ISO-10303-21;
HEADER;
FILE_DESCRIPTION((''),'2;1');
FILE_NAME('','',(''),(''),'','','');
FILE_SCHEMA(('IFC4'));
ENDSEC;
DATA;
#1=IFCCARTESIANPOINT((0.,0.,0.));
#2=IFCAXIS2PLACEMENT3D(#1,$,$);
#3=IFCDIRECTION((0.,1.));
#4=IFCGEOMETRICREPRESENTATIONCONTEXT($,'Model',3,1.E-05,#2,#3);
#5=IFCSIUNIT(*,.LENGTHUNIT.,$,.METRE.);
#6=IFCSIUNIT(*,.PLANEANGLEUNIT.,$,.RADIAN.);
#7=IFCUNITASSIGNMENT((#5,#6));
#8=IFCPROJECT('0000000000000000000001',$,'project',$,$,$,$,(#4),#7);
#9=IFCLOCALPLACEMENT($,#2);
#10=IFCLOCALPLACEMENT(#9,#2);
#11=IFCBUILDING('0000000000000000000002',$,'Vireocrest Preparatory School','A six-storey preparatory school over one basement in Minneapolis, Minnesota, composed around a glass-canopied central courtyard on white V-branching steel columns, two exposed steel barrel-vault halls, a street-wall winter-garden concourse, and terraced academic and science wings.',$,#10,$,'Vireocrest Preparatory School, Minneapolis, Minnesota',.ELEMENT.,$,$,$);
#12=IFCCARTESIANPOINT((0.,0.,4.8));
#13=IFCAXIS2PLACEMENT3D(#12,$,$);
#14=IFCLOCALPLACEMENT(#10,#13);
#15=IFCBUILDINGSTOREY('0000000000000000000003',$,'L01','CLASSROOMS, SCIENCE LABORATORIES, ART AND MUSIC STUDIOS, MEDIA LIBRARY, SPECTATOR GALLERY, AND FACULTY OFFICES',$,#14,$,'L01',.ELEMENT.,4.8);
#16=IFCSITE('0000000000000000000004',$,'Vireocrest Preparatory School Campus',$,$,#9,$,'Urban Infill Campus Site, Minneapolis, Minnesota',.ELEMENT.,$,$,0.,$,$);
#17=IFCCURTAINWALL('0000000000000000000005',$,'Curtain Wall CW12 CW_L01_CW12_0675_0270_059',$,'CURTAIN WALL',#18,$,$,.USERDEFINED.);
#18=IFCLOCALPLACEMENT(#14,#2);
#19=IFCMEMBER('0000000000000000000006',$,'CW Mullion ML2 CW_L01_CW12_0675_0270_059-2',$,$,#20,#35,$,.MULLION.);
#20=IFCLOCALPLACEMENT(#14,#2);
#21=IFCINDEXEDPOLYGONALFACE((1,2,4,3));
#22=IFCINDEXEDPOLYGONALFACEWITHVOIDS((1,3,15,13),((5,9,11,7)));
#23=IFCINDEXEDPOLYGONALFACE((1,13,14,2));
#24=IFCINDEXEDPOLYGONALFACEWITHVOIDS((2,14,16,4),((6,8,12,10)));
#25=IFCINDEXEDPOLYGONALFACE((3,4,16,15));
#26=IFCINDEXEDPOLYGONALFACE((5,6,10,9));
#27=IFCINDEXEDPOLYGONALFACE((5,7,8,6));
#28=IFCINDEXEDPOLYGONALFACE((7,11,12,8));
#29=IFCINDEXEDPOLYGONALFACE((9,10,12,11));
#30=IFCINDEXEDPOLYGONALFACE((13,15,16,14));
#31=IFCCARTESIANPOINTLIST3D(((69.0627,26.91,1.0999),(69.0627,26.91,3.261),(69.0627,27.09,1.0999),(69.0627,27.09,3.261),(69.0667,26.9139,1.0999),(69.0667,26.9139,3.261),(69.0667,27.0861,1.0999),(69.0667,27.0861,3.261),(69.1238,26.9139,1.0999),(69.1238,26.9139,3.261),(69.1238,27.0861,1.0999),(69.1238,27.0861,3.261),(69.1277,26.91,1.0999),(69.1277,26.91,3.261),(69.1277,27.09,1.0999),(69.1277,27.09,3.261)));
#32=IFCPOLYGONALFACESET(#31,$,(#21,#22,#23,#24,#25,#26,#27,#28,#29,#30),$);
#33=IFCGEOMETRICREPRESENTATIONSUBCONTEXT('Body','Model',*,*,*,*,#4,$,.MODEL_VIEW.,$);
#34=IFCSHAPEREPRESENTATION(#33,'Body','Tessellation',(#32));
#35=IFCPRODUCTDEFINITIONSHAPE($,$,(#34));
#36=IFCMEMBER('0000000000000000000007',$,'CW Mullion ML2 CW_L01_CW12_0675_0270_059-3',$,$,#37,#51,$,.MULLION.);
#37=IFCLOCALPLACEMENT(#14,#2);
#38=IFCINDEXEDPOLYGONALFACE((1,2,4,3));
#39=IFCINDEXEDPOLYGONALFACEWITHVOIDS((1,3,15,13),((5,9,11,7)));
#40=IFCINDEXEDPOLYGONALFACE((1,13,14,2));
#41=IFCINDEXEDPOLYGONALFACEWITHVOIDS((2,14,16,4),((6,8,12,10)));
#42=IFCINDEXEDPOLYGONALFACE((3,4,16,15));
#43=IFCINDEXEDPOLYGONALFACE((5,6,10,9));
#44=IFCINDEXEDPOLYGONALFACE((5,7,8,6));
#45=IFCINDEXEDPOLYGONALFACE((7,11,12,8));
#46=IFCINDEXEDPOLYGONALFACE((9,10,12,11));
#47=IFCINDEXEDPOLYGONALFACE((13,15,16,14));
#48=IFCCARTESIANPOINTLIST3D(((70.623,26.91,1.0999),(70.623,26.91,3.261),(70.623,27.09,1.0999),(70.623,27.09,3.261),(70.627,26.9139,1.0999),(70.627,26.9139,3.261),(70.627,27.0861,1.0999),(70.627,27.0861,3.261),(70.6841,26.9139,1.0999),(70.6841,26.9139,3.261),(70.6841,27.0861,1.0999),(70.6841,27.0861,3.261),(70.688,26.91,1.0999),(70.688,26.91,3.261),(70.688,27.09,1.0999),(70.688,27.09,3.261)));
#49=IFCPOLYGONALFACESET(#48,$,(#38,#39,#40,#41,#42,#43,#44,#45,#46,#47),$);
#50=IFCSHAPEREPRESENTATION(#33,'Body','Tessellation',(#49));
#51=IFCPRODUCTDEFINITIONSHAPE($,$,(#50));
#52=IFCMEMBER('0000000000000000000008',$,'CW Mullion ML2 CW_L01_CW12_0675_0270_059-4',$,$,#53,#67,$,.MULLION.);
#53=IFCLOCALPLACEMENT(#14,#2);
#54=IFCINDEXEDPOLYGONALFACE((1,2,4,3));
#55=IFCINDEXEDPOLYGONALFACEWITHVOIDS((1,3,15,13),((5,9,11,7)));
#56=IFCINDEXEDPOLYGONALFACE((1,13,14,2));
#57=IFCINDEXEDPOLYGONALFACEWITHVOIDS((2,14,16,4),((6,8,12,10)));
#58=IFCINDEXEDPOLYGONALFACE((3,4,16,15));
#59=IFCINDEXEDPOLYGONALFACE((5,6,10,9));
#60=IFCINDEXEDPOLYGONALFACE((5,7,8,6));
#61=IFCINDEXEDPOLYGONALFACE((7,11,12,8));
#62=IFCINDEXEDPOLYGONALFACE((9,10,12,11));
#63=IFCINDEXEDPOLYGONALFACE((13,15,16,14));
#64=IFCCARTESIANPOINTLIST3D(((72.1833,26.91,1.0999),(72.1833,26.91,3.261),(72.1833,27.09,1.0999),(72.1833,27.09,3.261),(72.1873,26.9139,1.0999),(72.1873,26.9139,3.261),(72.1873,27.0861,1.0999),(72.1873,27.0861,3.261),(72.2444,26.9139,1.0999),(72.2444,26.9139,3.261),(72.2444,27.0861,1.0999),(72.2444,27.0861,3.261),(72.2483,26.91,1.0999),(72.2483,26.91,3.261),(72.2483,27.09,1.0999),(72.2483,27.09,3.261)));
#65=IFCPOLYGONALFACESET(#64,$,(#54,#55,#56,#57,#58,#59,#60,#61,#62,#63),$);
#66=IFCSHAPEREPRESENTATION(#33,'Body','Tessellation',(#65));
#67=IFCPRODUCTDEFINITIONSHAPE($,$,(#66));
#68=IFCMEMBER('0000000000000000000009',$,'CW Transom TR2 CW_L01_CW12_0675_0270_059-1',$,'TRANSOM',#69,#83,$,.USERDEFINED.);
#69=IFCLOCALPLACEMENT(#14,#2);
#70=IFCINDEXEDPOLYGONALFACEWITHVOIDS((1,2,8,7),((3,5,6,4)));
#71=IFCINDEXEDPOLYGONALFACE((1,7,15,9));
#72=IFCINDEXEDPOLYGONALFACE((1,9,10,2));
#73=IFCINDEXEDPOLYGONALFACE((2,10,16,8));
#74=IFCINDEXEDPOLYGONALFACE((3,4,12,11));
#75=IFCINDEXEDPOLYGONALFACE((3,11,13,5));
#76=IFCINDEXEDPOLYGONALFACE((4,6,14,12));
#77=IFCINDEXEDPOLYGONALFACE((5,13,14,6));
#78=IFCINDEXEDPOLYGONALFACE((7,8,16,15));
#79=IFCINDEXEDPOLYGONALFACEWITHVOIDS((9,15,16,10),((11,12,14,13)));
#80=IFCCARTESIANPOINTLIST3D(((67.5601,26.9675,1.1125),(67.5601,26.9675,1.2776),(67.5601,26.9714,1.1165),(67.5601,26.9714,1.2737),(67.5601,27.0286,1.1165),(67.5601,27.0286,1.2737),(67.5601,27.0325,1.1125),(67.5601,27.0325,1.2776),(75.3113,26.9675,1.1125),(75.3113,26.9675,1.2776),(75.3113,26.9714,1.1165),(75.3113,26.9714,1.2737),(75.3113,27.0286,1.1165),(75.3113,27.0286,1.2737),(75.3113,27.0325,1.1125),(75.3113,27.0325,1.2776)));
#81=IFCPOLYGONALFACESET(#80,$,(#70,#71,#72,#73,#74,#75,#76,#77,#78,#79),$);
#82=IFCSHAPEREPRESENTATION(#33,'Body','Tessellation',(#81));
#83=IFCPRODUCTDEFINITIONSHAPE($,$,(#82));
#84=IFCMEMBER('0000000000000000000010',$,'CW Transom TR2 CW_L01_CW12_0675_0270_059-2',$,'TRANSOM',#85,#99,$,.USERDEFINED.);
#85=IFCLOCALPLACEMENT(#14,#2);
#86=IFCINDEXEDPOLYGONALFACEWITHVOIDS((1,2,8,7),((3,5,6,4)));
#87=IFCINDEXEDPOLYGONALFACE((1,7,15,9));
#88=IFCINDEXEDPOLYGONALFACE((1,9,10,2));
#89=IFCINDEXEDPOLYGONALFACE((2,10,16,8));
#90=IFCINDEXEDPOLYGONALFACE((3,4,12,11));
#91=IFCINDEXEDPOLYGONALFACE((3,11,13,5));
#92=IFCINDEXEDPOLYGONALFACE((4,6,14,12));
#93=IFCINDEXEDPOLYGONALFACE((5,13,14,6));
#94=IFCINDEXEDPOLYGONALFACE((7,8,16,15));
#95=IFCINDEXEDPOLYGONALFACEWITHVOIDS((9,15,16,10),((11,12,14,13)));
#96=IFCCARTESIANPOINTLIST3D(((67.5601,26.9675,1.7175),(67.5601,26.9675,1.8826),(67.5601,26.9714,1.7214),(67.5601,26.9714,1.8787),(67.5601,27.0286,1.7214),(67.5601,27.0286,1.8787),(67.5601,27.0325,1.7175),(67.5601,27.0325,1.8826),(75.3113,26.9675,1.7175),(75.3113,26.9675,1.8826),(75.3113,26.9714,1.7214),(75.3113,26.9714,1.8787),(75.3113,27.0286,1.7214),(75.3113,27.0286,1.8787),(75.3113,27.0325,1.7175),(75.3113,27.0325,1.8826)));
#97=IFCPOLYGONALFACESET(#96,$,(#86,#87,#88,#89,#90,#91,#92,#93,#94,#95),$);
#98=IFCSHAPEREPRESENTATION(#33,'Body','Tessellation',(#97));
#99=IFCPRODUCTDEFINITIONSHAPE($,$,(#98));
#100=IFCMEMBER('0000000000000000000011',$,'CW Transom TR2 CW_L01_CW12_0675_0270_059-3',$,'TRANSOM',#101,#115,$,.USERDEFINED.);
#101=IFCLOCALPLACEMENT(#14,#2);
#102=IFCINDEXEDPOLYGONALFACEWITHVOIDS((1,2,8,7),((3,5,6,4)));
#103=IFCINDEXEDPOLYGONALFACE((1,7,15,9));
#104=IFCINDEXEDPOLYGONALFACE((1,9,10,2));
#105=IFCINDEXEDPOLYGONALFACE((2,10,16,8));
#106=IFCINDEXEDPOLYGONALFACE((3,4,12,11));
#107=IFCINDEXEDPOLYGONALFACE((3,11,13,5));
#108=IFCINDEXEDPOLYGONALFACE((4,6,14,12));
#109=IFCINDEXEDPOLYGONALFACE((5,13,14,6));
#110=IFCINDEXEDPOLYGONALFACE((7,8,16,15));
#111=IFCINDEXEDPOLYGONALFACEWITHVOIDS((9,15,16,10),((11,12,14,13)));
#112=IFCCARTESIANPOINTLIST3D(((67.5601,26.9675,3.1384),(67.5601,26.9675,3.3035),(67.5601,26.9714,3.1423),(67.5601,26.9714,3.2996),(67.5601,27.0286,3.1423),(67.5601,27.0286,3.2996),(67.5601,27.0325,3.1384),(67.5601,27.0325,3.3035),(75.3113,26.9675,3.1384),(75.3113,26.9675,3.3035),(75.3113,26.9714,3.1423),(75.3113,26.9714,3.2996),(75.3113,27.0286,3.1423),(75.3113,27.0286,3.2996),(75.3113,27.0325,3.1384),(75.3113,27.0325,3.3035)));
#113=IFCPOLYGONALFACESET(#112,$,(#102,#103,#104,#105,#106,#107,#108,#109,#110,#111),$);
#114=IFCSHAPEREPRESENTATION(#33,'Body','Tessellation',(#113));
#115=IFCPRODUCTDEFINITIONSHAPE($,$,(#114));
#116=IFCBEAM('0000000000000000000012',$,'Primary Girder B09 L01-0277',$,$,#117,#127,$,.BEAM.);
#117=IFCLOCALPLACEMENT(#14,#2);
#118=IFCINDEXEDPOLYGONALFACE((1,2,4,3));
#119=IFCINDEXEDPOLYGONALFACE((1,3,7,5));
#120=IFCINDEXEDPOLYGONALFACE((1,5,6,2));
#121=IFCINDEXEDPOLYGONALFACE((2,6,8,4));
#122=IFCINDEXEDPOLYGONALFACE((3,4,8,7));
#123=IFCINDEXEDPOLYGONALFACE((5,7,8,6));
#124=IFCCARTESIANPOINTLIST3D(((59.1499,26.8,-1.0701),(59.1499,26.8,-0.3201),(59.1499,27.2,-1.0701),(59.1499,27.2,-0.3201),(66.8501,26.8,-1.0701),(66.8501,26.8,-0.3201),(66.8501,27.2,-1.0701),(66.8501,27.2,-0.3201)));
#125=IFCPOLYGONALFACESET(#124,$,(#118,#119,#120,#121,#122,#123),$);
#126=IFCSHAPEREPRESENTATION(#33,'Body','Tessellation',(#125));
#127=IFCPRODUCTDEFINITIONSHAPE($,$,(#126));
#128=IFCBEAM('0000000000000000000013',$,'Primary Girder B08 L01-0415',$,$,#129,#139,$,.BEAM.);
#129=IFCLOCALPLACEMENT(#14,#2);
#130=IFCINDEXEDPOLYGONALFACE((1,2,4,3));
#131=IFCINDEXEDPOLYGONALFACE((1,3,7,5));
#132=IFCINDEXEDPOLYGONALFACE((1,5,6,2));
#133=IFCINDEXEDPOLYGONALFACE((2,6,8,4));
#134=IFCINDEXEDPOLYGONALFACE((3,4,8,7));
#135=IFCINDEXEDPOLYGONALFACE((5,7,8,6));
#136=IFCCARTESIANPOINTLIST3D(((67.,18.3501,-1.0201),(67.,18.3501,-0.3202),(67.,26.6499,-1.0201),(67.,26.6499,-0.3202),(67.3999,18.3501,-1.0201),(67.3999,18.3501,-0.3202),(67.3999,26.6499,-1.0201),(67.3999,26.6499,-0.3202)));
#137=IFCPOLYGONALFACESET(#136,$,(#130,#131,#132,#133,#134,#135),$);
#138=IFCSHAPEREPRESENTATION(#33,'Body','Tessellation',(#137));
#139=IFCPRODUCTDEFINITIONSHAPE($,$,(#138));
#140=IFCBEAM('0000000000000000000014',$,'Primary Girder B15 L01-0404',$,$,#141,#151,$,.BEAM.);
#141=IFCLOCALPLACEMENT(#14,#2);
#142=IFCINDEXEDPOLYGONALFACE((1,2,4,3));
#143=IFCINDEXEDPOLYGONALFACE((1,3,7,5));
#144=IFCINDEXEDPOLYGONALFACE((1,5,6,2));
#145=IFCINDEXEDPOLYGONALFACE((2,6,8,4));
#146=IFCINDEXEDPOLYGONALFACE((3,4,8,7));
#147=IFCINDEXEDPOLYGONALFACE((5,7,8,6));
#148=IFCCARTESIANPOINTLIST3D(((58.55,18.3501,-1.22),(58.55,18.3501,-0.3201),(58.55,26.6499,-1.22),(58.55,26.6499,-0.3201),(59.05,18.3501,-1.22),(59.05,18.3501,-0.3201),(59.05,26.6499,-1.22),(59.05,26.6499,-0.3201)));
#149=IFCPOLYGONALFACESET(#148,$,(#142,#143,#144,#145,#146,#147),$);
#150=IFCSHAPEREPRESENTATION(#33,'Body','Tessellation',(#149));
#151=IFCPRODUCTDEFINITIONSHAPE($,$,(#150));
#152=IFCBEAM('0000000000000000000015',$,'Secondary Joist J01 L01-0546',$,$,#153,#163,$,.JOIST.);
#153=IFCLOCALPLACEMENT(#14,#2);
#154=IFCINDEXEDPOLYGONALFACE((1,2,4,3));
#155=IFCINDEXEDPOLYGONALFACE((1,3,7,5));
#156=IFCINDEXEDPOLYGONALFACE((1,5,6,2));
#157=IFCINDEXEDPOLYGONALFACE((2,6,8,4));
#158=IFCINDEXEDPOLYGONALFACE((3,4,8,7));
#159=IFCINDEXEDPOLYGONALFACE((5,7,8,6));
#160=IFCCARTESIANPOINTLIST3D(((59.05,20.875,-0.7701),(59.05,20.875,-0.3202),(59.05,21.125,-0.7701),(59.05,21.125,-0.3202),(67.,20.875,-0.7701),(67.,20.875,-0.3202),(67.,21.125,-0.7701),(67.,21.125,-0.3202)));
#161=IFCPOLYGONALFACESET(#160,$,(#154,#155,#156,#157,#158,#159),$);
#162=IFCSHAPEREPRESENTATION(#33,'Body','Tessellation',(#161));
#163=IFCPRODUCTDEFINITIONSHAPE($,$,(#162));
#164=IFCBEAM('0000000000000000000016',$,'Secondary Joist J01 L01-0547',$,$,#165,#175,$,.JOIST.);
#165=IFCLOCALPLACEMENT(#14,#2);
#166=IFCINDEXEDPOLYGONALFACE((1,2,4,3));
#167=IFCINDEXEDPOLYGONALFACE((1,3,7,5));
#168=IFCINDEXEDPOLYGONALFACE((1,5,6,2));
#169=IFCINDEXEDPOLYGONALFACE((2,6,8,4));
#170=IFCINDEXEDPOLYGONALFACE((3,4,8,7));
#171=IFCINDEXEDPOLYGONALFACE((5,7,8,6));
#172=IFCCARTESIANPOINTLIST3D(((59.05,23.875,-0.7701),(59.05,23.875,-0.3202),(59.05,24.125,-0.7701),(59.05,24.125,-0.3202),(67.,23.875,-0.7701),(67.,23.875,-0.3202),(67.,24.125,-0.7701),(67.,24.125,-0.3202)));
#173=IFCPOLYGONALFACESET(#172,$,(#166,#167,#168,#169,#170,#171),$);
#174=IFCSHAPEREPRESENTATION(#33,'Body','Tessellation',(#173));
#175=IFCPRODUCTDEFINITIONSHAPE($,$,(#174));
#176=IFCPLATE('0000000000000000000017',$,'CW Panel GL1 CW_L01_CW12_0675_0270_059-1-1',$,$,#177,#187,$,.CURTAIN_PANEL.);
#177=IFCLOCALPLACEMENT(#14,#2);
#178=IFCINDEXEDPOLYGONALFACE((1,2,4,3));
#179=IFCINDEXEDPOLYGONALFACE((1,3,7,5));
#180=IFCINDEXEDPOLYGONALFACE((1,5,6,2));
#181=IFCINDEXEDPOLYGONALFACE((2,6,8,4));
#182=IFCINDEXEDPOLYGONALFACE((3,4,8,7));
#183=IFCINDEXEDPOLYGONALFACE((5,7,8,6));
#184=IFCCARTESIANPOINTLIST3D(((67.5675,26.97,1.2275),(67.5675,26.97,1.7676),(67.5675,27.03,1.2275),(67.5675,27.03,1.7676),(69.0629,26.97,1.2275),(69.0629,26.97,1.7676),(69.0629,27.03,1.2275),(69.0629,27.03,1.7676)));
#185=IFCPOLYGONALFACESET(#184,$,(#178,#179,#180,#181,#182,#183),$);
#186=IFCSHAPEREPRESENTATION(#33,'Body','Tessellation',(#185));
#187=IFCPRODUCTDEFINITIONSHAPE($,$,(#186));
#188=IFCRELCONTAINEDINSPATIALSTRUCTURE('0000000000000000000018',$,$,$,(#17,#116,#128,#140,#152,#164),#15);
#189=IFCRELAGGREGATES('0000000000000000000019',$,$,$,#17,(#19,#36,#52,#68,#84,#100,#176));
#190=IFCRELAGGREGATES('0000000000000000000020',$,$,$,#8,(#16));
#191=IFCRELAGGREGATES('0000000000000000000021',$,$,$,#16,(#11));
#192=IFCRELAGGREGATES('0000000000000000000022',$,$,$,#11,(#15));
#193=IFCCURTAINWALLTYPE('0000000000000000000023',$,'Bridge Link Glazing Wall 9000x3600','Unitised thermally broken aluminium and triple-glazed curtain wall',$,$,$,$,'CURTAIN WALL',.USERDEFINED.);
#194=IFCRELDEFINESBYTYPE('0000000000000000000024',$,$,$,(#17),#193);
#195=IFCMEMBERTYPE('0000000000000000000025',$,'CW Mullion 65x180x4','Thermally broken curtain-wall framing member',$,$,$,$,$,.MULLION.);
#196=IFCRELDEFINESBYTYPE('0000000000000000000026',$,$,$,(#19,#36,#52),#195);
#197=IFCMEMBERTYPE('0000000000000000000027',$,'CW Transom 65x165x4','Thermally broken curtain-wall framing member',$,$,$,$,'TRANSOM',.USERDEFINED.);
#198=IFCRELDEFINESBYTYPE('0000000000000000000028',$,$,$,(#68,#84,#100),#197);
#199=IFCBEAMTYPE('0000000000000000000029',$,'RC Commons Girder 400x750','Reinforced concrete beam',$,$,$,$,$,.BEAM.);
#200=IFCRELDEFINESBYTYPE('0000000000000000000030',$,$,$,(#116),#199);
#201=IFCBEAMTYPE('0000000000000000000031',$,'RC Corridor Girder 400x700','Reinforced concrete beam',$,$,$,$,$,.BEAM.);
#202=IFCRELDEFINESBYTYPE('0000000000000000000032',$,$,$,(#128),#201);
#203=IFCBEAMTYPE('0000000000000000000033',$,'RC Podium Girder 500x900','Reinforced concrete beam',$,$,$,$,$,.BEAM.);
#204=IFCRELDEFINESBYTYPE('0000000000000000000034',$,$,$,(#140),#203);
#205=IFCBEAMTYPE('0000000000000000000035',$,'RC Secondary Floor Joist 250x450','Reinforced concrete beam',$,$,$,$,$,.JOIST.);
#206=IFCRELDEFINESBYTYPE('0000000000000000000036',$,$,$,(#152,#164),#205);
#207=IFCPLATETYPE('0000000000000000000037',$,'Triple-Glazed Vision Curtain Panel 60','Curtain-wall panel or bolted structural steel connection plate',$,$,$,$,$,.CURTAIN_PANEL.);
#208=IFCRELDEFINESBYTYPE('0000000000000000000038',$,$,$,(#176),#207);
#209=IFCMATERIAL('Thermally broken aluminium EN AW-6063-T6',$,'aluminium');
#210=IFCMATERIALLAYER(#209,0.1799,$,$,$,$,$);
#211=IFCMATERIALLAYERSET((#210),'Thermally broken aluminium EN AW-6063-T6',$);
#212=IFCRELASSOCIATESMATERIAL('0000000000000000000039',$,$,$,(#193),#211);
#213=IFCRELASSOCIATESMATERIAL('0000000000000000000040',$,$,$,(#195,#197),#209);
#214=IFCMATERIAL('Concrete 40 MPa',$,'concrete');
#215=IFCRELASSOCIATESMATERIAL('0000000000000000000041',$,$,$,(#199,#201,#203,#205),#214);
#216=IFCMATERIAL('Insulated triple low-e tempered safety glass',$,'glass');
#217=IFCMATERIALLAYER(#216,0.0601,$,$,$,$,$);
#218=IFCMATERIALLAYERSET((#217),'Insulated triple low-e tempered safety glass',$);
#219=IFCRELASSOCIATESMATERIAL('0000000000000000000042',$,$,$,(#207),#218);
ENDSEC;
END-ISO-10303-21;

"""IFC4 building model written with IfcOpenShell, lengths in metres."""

from ifc_helpers import new_model, si_unit, direction, frame, origin, origin_2d, place, context, subcontext, project, spatial, rectangle, hollow_rectangle, extrude, material, layer, layer_set, material_profile, profile_set, type_object, element, aggregate, save


model = new_model("IFC4")

# Units and contexts
model_context = context("Model", 3, precision=1e-05, world=origin(), true_north=direction((0.0, 1.0)))
body_context = subcontext(model_context, "Body", "Model", "MODEL_VIEW")
ifc_project = project(units=[si_unit("LENGTHUNIT", "METRE"), si_unit("PLANEANGLEUNIT", "RADIAN")], contexts=[model_context])

# Site, building, storey
site_placement = place(None, origin())
site = spatial("IfcSite", under=ifc_project, at=site_placement, Name="Vireocrest Preparatory School Campus", LongName="Urban Infill Campus Site, Minneapolis, Minnesota", CompositionType="ELEMENT", RefElevation=0.0)
building_placement = place(site_placement, origin())
building = spatial("IfcBuilding", under=site, at=building_placement, Name="Vireocrest Preparatory School", Description="A six-storey preparatory school over one basement in Minneapolis, Minnesota, composed around a glass-canopied central courtyard on white V-branching steel columns, two exposed steel barrel-vault halls, a street-wall winter-garden concourse, and terraced academic and science wings.", LongName="Vireocrest Preparatory School, Minneapolis, Minnesota", CompositionType="ELEMENT")
storey_placement = place(building_placement, frame((0.0, 0.0, 4.8)))
storey = spatial("IfcBuildingStorey", under=building, at=storey_placement, Name="L01", Description="CLASSROOMS, SCIENCE LABORATORIES, ART AND MUSIC STUDIOS, MEDIA LIBRARY, SPECTATOR GALLERY, AND FACULTY OFFICES", LongName="L01", CompositionType="ELEMENT", Elevation=4.8)

# Curtain wall, members
ifc_material_1 = material(Name="Thermally broken aluminium EN AW-6063-T6", Category="aluminium")
ifc_layer_1 = layer(ifc_material_1, 0.1799)
ifc_layer_set_1 = layer_set([ifc_layer_1], Name="Thermally broken aluminium EN AW-6063-T6")
curtain_wall_type = type_object("IfcCurtainWallType", Name="Bridge Link Glazing Wall 9000x3600", Description="Unitised thermally broken aluminium and triple-glazed curtain wall", ElementType="CURTAIN WALL", PredefinedType="USERDEFINED", material=ifc_layer_set_1)
curtain_wall_placement = place(storey_placement, origin())
curtain_wall = element("IfcCurtainWall", 1, at=curtain_wall_placement, inside=storey, type_object=curtain_wall_type, Name="Curtain Wall CW12 CW_L01_CW12_0675_0270_059", ObjectType="CURTAIN WALL", PredefinedType="USERDEFINED")
ifc_material_profile_1 = material_profile(ifc_material_1, hollow_rectangle(XDim=0.0649, YDim=0.1799, WallThickness=0.0039, at=origin_2d()), Name="ALU 65x180x4")
ifc_profile_set_1 = profile_set([ifc_material_profile_1], Name="Thermally broken aluminium EN AW-6063-T6")
member_type_1 = type_object("IfcMemberType", Name="CW Mullion 65x180x4", Description="Thermally broken curtain-wall framing member", PredefinedType="MULLION", material=ifc_profile_set_1)
member_1_placement = place(storey_placement, frame((69.0952, 27.0, 1.0999), z_axis=(0.0, 0.0, 1.0), x_axis=(1.0, 0.0, 0.0)))
member_1 = element("IfcMember", 2, at=member_1_placement, type_object=member_type_1, Name="CW Mullion ML2 CW_L01_CW12_0675_0270_059-2", PredefinedType="MULLION", context=body_context, shape_type="SweptSolid", body=[
    extrude(hollow_rectangle(XDim=0.0649, YDim=0.1799, WallThickness=0.0039, at=origin_2d()), origin(), (0.0, 0.0, 1.0), 2.1611),
])
member_2_placement = place(storey_placement, frame((70.6555, 27.0, 1.0999), z_axis=(0.0, 0.0, 1.0), x_axis=(1.0, 0.0, 0.0)))
member_2 = element("IfcMember", 3, at=member_2_placement, type_object=member_type_1, Name="CW Mullion ML2 CW_L01_CW12_0675_0270_059-3", PredefinedType="MULLION", context=body_context, shape_type="SweptSolid", body=[
    extrude(hollow_rectangle(XDim=0.0649, YDim=0.1799, WallThickness=0.0039, at=origin_2d()), origin(), (0.0, 0.0, 1.0), 2.1611),
])
member_3_placement = place(storey_placement, frame((72.2158, 27.0, 1.0999), z_axis=(0.0, 0.0, 1.0), x_axis=(1.0, 0.0, 0.0)))
member_3 = element("IfcMember", 4, at=member_3_placement, type_object=member_type_1, Name="CW Mullion ML2 CW_L01_CW12_0675_0270_059-4", PredefinedType="MULLION", context=body_context, shape_type="SweptSolid", body=[
    extrude(hollow_rectangle(XDim=0.0649, YDim=0.1799, WallThickness=0.0039, at=origin_2d()), origin(), (0.0, 0.0, 1.0), 2.1611),
])
ifc_material_profile_2 = material_profile(ifc_material_1, hollow_rectangle(XDim=0.0649, YDim=0.165, WallThickness=0.0039, at=origin_2d()), Name="ALU 65x165x4")
ifc_profile_set_2 = profile_set([ifc_material_profile_2], Name="Thermally broken aluminium EN AW-6063-T6")
member_type_2 = type_object("IfcMemberType", Name="CW Transom 65x165x4", Description="Thermally broken curtain-wall framing member", ElementType="TRANSOM", PredefinedType="USERDEFINED", material=ifc_profile_set_2)
member_4_placement = place(storey_placement, frame((67.5601, 27.0, 1.1951), z_axis=(1.0, 0.0, 0.0), x_axis=(0.0, 1.0, 0.0)))
member_4 = element("IfcMember", 5, at=member_4_placement, type_object=member_type_2, Name="CW Transom TR2 CW_L01_CW12_0675_0270_059-1", ObjectType="TRANSOM", PredefinedType="USERDEFINED", context=body_context, shape_type="SweptSolid", body=[
    extrude(hollow_rectangle(XDim=0.0649, YDim=0.165, WallThickness=0.0039, at=origin_2d()), origin(), (0.0, 0.0, 1.0), 7.7512),
])
member_5_placement = place(storey_placement, frame((67.5601, 27.0, 1.8), z_axis=(1.0, 0.0, 0.0), x_axis=(0.0, 1.0, 0.0)))
member_5 = element("IfcMember", 6, at=member_5_placement, type_object=member_type_2, Name="CW Transom TR2 CW_L01_CW12_0675_0270_059-2", ObjectType="TRANSOM", PredefinedType="USERDEFINED", context=body_context, shape_type="SweptSolid", body=[
    extrude(hollow_rectangle(XDim=0.0649, YDim=0.165, WallThickness=0.0039, at=origin_2d()), origin(), (0.0, 0.0, 1.0), 7.7512),
])
member_6_placement = place(storey_placement, frame((67.5601, 27.0, 3.2209), z_axis=(1.0, 0.0, 0.0), x_axis=(0.0, 1.0, 0.0)))
member_6 = element("IfcMember", 7, at=member_6_placement, type_object=member_type_2, Name="CW Transom TR2 CW_L01_CW12_0675_0270_059-3", ObjectType="TRANSOM", PredefinedType="USERDEFINED", context=body_context, shape_type="SweptSolid", body=[
    extrude(hollow_rectangle(XDim=0.0649, YDim=0.165, WallThickness=0.0039, at=origin_2d()), origin(), (0.0, 0.0, 1.0), 7.7512),
])

# Beams
ifc_material_2 = material(Name="Concrete 40 MPa", Category="concrete")
ifc_material_profile_3 = material_profile(ifc_material_2, rectangle(XDim=0.3999, YDim=0.75, at=origin_2d()), Name="RC 400x750")
ifc_profile_set_3 = profile_set([ifc_material_profile_3], Name="Concrete 40 MPa")
beam_type_1 = type_object("IfcBeamType", Name="RC Commons Girder 400x750", Description="Reinforced concrete beam", PredefinedType="BEAM", material=ifc_profile_set_3)
beam_1_placement = place(storey_placement, frame((59.1499, 27.0, -0.6951), z_axis=(1.0, 0.0, 0.0), x_axis=(0.0, 1.0, 0.0)))
element("IfcBeam", 8, at=beam_1_placement, inside=storey, type_object=beam_type_1, Name="Primary Girder B09 L01-0277", PredefinedType="BEAM", context=body_context, shape_type="SweptSolid", body=[
    extrude(rectangle(XDim=0.3999, YDim=0.75, at=origin_2d()), origin(), (0.0, 0.0, 1.0), 7.7002),
])
ifc_material_profile_4 = material_profile(ifc_material_2, rectangle(XDim=0.3999, YDim=0.7, at=origin_2d()), Name="RC 400x700")
ifc_profile_set_4 = profile_set([ifc_material_profile_4], Name="Concrete 40 MPa")
beam_type_2 = type_object("IfcBeamType", Name="RC Corridor Girder 400x700", Description="Reinforced concrete beam", PredefinedType="BEAM", material=ifc_profile_set_4)
beam_2_placement = place(storey_placement, frame((67.2, 18.3501, -0.6702), z_axis=(0.0, 1.0, 0.0), x_axis=(-1.0, 0.0, 0.0)))
element("IfcBeam", 9, at=beam_2_placement, inside=storey, type_object=beam_type_2, Name="Primary Girder B08 L01-0415", PredefinedType="BEAM", context=body_context, shape_type="SweptSolid", body=[
    extrude(rectangle(XDim=0.3999, YDim=0.7, at=origin_2d()), origin(), (0.0, 0.0, 1.0), 8.2998),
])
ifc_material_profile_5 = material_profile(ifc_material_2, rectangle(XDim=0.5, YDim=0.8999, at=origin_2d()), Name="RC 500x900")
ifc_profile_set_5 = profile_set([ifc_material_profile_5], Name="Concrete 40 MPa")
beam_type_3 = type_object("IfcBeamType", Name="RC Podium Girder 500x900", Description="Reinforced concrete beam", PredefinedType="BEAM", material=ifc_profile_set_5)
beam_3_placement = place(storey_placement, frame((58.8, 18.3501, -0.77), z_axis=(0.0, 1.0, 0.0), x_axis=(-1.0, 0.0, 0.0)))
element("IfcBeam", 10, at=beam_3_placement, inside=storey, type_object=beam_type_3, Name="Primary Girder B15 L01-0404", PredefinedType="BEAM", context=body_context, shape_type="SweptSolid", body=[
    extrude(rectangle(XDim=0.5, YDim=0.8999, at=origin_2d()), origin(), (0.0, 0.0, 1.0), 8.2998),
])
ifc_material_profile_6 = material_profile(ifc_material_2, rectangle(XDim=0.25, YDim=0.45, at=origin_2d()), Name="RC 250x450")
ifc_profile_set_6 = profile_set([ifc_material_profile_6], Name="Concrete 40 MPa")
beam_type_4 = type_object("IfcBeamType", Name="RC Secondary Floor Joist 250x450", Description="Reinforced concrete beam", PredefinedType="JOIST", material=ifc_profile_set_6)
for number, where, z_axis, x_axis, name in (
    (11, (59.05, 21.0, -0.5452), (1.0, 0.0, 0.0), (0.0, 1.0, 0.0), "Secondary Joist J01 L01-0546"),
    (12, (59.05, 24.0, -0.5452), (1.0, 0.0, 0.0), (0.0, 1.0, 0.0), "Secondary Joist J01 L01-0547"),
):
    element("IfcBeam", number, at=place(storey_placement, frame(where, z_axis=z_axis, x_axis=x_axis)), inside=storey, type_object=beam_type_4, Name=name, PredefinedType="JOIST", context=body_context, shape_type="SweptSolid", body=[
        extrude(rectangle(XDim=0.25, YDim=0.45, at=origin_2d()), origin(), (0.0, 0.0, 1.0), 7.95),
    ])

# Plate
ifc_material_3 = material(Name="Insulated triple low-e tempered safety glass", Category="glass")
ifc_layer_2 = layer(ifc_material_3, 0.0601)
ifc_layer_set_2 = layer_set([ifc_layer_2], Name="Insulated triple low-e tempered safety glass")
plate_type = type_object("IfcPlateType", Name="Triple-Glazed Vision Curtain Panel 60", Description="Curtain-wall panel or bolted structural steel connection plate", PredefinedType="CURTAIN_PANEL", material=ifc_layer_set_2)
plate_1_placement = place(storey_placement, frame((68.3152, 27.0, 1.2275), z_axis=(0.0, 0.0, 1.0), x_axis=(1.0, 0.0, 0.0)))
plate_1 = element("IfcPlate", 13, at=plate_1_placement, type_object=plate_type, Name="CW Panel GL1 CW_L01_CW12_0675_0270_059-1-1", PredefinedType="CURTAIN_PANEL", context=body_context, shape_type="SweptSolid", body=[
    extrude(rectangle(XDim=1.4954, YDim=0.0601, at=origin_2d()), origin(), (0.0, 0.0, 1.0), 0.54),
])
aggregate(curtain_wall, [member_1, member_2, member_3, member_4, member_5, member_6, plate_1])

save(model, "model.ifc")
